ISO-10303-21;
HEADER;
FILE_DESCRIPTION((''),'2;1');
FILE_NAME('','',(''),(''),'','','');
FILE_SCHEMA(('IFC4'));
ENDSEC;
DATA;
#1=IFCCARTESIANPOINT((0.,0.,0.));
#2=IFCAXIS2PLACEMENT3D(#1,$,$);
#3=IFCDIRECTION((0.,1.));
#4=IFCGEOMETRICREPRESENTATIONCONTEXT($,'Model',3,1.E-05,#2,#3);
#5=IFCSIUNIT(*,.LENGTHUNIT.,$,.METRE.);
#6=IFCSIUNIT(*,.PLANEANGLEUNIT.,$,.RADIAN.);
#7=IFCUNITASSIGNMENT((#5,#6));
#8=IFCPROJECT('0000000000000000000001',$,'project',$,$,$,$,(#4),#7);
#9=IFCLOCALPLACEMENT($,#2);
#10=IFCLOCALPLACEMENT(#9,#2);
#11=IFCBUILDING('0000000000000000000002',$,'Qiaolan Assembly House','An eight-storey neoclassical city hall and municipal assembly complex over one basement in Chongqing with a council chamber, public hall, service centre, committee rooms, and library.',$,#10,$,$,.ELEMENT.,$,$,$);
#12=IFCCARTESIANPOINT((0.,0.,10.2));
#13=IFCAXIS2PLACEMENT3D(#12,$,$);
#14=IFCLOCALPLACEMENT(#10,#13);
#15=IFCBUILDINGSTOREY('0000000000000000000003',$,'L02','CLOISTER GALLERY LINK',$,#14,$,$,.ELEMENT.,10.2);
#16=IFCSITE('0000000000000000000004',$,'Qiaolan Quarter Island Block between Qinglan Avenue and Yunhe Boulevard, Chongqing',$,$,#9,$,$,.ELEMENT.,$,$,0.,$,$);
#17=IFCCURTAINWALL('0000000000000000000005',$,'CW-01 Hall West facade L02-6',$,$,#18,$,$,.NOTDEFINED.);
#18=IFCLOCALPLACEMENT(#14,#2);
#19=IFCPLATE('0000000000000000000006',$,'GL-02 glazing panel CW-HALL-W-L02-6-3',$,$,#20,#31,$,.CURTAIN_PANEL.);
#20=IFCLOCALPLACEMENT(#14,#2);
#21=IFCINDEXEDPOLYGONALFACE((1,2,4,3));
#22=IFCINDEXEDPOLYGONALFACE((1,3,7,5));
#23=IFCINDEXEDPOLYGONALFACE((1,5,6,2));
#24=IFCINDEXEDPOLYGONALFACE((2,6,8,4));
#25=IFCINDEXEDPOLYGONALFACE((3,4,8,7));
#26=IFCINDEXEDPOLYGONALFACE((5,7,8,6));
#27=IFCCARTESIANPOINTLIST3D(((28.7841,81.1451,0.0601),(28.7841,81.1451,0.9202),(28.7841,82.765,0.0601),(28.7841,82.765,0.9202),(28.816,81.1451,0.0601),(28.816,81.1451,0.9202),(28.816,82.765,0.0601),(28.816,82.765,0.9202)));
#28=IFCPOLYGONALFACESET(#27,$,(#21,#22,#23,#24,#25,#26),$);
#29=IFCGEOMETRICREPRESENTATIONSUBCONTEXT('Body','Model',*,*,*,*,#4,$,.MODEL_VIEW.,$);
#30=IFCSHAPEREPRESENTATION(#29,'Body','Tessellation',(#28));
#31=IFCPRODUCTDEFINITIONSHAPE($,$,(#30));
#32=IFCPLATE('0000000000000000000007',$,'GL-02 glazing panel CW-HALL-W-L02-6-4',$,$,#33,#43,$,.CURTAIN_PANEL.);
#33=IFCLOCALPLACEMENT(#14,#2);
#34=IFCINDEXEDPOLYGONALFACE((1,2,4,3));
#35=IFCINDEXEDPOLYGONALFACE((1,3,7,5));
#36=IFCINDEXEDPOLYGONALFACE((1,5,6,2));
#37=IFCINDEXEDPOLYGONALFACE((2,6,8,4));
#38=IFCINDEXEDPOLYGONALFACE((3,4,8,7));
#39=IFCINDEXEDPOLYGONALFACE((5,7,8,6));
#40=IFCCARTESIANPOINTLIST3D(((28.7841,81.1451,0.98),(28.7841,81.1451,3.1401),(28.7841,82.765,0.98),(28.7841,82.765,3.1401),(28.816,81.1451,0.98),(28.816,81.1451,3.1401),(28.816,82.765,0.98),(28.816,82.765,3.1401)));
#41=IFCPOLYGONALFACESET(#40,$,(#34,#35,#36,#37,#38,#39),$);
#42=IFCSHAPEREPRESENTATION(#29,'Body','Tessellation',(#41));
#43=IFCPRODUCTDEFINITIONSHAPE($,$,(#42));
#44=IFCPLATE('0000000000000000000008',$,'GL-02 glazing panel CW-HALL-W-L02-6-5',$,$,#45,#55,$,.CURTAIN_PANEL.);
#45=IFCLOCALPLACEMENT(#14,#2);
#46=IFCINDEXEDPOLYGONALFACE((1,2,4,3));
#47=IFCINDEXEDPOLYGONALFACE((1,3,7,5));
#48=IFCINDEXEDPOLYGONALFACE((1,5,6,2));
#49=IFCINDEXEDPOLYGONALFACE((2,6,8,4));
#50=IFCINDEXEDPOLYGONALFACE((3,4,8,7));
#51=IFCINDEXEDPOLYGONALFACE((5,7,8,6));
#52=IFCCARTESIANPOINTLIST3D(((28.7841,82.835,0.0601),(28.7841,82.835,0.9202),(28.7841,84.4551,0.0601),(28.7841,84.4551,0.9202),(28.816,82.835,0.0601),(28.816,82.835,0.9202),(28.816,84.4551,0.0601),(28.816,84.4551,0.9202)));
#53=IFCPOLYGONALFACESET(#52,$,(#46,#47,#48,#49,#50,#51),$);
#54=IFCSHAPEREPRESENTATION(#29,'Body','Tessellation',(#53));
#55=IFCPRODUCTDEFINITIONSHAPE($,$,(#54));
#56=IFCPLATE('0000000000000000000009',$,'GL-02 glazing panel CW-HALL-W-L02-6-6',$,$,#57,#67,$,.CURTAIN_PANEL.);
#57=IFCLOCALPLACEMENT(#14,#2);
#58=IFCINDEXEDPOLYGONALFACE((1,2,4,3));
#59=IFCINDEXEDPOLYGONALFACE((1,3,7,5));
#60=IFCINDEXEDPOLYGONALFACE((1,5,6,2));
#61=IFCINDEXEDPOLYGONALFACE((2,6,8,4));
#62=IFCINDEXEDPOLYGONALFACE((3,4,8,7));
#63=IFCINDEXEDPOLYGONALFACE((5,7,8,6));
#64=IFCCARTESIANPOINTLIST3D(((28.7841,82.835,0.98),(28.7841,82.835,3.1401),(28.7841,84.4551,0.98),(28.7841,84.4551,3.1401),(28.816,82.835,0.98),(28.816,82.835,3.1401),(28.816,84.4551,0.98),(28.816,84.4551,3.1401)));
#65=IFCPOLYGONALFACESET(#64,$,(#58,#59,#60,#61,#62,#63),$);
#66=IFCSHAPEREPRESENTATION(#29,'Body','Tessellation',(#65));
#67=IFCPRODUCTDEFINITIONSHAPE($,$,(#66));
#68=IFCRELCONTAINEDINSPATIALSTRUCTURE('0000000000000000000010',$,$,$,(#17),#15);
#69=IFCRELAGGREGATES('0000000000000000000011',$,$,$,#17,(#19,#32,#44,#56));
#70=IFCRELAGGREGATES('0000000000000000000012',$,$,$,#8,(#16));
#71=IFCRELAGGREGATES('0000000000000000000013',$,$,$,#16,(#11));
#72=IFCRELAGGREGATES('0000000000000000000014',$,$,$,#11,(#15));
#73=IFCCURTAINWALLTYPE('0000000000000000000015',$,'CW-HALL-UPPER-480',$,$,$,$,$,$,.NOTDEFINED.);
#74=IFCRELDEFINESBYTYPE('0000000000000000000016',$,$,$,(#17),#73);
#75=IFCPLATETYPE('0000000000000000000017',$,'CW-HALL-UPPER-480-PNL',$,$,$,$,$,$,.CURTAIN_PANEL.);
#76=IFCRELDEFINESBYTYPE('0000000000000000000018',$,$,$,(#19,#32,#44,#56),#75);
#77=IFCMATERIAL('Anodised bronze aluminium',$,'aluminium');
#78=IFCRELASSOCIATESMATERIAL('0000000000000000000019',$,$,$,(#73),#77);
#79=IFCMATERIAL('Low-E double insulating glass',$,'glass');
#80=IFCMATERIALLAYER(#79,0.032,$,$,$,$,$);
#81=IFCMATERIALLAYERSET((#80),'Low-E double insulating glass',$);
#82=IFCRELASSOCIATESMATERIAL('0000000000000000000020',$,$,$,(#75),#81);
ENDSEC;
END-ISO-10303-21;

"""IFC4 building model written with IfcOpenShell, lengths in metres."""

from ifc_helpers import new_model, si_unit, direction, frame, frame_2d, origin, place, context, subcontext, project, spatial, rectangle, extrude, material, layer, layer_set, type_object, element, aggregate, save


model = new_model("IFC4")

# Units and contexts
model_context = context("Model", 3, precision=1e-05, world=origin(), true_north=direction((0.0, 1.0)))
body_context = subcontext(model_context, "Body", "Model", "MODEL_VIEW")
ifc_project = project(units=[si_unit("LENGTHUNIT", "METRE"), si_unit("PLANEANGLEUNIT", "RADIAN")], contexts=[model_context])

# Site, building, storey
site_placement = place(None, origin())
site = spatial("IfcSite", under=ifc_project, at=site_placement, Name="Qiaolan Quarter Island Block between Qinglan Avenue and Yunhe Boulevard, Chongqing", CompositionType="ELEMENT", RefElevation=0.0)
building_placement = place(site_placement, origin())
building = spatial("IfcBuilding", under=site, at=building_placement, Name="Qiaolan Assembly House", Description="An eight-storey neoclassical city hall and municipal assembly complex over one basement in Chongqing with a council chamber, public hall, service centre, committee rooms, and library.", CompositionType="ELEMENT")
storey_placement = place(building_placement, frame((0.0, 0.0, 10.2)))
storey = spatial("IfcBuildingStorey", under=building, at=storey_placement, Name="L02", Description="CLOISTER GALLERY LINK", CompositionType="ELEMENT", Elevation=10.2)

# Curtain wall, plates
ifc_material_1 = material(Name="Anodised bronze aluminium", Category="aluminium")
curtain_wall_type = type_object("IfcCurtainWallType", Name="CW-HALL-UPPER-480", PredefinedType="NOTDEFINED", material=ifc_material_1)
curtain_wall_placement = place(storey_placement, origin())
curtain_wall = element("IfcCurtainWall", 1, at=curtain_wall_placement, inside=storey, type_object=curtain_wall_type, Name="CW-01 Hall West facade L02-6", PredefinedType="NOTDEFINED")
ifc_material_2 = material(Name="Low-E double insulating glass", Category="glass")
ifc_layer = layer(ifc_material_2, 0.032)
ifc_layer_set = layer_set([ifc_layer], Name="Low-E double insulating glass")
plate_type = type_object("IfcPlateType", Name="CW-HALL-UPPER-480-PNL", PredefinedType="CURTAIN_PANEL", material=ifc_layer_set)
plate_1_placement = place(storey_placement, frame((28.8, 81.145, 0.0601), z_axis=(0.0, 0.0, 1.0), x_axis=(0.0, 1.0, 0.0)))
plate_1 = element("IfcPlate", 2, at=plate_1_placement, type_object=plate_type, Name="GL-02 glazing panel CW-HALL-W-L02-6-3", PredefinedType="CURTAIN_PANEL", context=body_context, shape_type="SweptSolid", body=[
    extrude(rectangle(XDim=1.6199, YDim=0.032, at=frame_2d((0.8101, 0.0))), origin(), (0.0, 0.0, 1.0), 0.8601),
])
plate_2_placement = place(storey_placement, frame((28.8, 81.145, 0.98), z_axis=(0.0, 0.0, 1.0), x_axis=(0.0, 1.0, 0.0)))
plate_2 = element("IfcPlate", 3, at=plate_2_placement, type_object=plate_type, Name="GL-02 glazing panel CW-HALL-W-L02-6-4", PredefinedType="CURTAIN_PANEL", context=body_context, shape_type="SweptSolid", body=[
    extrude(rectangle(XDim=1.6199, YDim=0.032, at=frame_2d((0.8101, 0.0))), origin(), (0.0, 0.0, 1.0), 2.1602),
])
plate_3_placement = place(storey_placement, frame((28.8, 82.835, 0.0601), z_axis=(0.0, 0.0, 1.0), x_axis=(0.0, 1.0, 0.0)))
plate_3 = element("IfcPlate", 4, at=plate_3_placement, type_object=plate_type, Name="GL-02 glazing panel CW-HALL-W-L02-6-5", PredefinedType="CURTAIN_PANEL", context=body_context, shape_type="SweptSolid", body=[
    extrude(rectangle(XDim=1.6201, YDim=0.032, at=frame_2d((0.8101, 0.0))), origin(), (0.0, 0.0, 1.0), 0.8601),
])
plate_4_placement = place(storey_placement, frame((28.8, 82.835, 0.98), z_axis=(0.0, 0.0, 1.0), x_axis=(0.0, 1.0, 0.0)))
plate_4 = element("IfcPlate", 5, at=plate_4_placement, type_object=plate_type, Name="GL-02 glazing panel CW-HALL-W-L02-6-6", PredefinedType="CURTAIN_PANEL", context=body_context, shape_type="SweptSolid", body=[
    extrude(rectangle(XDim=1.6201, YDim=0.032, at=frame_2d((0.8101, 0.0))), origin(), (0.0, 0.0, 1.0), 2.1602),
])
aggregate(curtain_wall, [plate_1, plate_2, plate_3, plate_4])

save(model, "model.ifc")
